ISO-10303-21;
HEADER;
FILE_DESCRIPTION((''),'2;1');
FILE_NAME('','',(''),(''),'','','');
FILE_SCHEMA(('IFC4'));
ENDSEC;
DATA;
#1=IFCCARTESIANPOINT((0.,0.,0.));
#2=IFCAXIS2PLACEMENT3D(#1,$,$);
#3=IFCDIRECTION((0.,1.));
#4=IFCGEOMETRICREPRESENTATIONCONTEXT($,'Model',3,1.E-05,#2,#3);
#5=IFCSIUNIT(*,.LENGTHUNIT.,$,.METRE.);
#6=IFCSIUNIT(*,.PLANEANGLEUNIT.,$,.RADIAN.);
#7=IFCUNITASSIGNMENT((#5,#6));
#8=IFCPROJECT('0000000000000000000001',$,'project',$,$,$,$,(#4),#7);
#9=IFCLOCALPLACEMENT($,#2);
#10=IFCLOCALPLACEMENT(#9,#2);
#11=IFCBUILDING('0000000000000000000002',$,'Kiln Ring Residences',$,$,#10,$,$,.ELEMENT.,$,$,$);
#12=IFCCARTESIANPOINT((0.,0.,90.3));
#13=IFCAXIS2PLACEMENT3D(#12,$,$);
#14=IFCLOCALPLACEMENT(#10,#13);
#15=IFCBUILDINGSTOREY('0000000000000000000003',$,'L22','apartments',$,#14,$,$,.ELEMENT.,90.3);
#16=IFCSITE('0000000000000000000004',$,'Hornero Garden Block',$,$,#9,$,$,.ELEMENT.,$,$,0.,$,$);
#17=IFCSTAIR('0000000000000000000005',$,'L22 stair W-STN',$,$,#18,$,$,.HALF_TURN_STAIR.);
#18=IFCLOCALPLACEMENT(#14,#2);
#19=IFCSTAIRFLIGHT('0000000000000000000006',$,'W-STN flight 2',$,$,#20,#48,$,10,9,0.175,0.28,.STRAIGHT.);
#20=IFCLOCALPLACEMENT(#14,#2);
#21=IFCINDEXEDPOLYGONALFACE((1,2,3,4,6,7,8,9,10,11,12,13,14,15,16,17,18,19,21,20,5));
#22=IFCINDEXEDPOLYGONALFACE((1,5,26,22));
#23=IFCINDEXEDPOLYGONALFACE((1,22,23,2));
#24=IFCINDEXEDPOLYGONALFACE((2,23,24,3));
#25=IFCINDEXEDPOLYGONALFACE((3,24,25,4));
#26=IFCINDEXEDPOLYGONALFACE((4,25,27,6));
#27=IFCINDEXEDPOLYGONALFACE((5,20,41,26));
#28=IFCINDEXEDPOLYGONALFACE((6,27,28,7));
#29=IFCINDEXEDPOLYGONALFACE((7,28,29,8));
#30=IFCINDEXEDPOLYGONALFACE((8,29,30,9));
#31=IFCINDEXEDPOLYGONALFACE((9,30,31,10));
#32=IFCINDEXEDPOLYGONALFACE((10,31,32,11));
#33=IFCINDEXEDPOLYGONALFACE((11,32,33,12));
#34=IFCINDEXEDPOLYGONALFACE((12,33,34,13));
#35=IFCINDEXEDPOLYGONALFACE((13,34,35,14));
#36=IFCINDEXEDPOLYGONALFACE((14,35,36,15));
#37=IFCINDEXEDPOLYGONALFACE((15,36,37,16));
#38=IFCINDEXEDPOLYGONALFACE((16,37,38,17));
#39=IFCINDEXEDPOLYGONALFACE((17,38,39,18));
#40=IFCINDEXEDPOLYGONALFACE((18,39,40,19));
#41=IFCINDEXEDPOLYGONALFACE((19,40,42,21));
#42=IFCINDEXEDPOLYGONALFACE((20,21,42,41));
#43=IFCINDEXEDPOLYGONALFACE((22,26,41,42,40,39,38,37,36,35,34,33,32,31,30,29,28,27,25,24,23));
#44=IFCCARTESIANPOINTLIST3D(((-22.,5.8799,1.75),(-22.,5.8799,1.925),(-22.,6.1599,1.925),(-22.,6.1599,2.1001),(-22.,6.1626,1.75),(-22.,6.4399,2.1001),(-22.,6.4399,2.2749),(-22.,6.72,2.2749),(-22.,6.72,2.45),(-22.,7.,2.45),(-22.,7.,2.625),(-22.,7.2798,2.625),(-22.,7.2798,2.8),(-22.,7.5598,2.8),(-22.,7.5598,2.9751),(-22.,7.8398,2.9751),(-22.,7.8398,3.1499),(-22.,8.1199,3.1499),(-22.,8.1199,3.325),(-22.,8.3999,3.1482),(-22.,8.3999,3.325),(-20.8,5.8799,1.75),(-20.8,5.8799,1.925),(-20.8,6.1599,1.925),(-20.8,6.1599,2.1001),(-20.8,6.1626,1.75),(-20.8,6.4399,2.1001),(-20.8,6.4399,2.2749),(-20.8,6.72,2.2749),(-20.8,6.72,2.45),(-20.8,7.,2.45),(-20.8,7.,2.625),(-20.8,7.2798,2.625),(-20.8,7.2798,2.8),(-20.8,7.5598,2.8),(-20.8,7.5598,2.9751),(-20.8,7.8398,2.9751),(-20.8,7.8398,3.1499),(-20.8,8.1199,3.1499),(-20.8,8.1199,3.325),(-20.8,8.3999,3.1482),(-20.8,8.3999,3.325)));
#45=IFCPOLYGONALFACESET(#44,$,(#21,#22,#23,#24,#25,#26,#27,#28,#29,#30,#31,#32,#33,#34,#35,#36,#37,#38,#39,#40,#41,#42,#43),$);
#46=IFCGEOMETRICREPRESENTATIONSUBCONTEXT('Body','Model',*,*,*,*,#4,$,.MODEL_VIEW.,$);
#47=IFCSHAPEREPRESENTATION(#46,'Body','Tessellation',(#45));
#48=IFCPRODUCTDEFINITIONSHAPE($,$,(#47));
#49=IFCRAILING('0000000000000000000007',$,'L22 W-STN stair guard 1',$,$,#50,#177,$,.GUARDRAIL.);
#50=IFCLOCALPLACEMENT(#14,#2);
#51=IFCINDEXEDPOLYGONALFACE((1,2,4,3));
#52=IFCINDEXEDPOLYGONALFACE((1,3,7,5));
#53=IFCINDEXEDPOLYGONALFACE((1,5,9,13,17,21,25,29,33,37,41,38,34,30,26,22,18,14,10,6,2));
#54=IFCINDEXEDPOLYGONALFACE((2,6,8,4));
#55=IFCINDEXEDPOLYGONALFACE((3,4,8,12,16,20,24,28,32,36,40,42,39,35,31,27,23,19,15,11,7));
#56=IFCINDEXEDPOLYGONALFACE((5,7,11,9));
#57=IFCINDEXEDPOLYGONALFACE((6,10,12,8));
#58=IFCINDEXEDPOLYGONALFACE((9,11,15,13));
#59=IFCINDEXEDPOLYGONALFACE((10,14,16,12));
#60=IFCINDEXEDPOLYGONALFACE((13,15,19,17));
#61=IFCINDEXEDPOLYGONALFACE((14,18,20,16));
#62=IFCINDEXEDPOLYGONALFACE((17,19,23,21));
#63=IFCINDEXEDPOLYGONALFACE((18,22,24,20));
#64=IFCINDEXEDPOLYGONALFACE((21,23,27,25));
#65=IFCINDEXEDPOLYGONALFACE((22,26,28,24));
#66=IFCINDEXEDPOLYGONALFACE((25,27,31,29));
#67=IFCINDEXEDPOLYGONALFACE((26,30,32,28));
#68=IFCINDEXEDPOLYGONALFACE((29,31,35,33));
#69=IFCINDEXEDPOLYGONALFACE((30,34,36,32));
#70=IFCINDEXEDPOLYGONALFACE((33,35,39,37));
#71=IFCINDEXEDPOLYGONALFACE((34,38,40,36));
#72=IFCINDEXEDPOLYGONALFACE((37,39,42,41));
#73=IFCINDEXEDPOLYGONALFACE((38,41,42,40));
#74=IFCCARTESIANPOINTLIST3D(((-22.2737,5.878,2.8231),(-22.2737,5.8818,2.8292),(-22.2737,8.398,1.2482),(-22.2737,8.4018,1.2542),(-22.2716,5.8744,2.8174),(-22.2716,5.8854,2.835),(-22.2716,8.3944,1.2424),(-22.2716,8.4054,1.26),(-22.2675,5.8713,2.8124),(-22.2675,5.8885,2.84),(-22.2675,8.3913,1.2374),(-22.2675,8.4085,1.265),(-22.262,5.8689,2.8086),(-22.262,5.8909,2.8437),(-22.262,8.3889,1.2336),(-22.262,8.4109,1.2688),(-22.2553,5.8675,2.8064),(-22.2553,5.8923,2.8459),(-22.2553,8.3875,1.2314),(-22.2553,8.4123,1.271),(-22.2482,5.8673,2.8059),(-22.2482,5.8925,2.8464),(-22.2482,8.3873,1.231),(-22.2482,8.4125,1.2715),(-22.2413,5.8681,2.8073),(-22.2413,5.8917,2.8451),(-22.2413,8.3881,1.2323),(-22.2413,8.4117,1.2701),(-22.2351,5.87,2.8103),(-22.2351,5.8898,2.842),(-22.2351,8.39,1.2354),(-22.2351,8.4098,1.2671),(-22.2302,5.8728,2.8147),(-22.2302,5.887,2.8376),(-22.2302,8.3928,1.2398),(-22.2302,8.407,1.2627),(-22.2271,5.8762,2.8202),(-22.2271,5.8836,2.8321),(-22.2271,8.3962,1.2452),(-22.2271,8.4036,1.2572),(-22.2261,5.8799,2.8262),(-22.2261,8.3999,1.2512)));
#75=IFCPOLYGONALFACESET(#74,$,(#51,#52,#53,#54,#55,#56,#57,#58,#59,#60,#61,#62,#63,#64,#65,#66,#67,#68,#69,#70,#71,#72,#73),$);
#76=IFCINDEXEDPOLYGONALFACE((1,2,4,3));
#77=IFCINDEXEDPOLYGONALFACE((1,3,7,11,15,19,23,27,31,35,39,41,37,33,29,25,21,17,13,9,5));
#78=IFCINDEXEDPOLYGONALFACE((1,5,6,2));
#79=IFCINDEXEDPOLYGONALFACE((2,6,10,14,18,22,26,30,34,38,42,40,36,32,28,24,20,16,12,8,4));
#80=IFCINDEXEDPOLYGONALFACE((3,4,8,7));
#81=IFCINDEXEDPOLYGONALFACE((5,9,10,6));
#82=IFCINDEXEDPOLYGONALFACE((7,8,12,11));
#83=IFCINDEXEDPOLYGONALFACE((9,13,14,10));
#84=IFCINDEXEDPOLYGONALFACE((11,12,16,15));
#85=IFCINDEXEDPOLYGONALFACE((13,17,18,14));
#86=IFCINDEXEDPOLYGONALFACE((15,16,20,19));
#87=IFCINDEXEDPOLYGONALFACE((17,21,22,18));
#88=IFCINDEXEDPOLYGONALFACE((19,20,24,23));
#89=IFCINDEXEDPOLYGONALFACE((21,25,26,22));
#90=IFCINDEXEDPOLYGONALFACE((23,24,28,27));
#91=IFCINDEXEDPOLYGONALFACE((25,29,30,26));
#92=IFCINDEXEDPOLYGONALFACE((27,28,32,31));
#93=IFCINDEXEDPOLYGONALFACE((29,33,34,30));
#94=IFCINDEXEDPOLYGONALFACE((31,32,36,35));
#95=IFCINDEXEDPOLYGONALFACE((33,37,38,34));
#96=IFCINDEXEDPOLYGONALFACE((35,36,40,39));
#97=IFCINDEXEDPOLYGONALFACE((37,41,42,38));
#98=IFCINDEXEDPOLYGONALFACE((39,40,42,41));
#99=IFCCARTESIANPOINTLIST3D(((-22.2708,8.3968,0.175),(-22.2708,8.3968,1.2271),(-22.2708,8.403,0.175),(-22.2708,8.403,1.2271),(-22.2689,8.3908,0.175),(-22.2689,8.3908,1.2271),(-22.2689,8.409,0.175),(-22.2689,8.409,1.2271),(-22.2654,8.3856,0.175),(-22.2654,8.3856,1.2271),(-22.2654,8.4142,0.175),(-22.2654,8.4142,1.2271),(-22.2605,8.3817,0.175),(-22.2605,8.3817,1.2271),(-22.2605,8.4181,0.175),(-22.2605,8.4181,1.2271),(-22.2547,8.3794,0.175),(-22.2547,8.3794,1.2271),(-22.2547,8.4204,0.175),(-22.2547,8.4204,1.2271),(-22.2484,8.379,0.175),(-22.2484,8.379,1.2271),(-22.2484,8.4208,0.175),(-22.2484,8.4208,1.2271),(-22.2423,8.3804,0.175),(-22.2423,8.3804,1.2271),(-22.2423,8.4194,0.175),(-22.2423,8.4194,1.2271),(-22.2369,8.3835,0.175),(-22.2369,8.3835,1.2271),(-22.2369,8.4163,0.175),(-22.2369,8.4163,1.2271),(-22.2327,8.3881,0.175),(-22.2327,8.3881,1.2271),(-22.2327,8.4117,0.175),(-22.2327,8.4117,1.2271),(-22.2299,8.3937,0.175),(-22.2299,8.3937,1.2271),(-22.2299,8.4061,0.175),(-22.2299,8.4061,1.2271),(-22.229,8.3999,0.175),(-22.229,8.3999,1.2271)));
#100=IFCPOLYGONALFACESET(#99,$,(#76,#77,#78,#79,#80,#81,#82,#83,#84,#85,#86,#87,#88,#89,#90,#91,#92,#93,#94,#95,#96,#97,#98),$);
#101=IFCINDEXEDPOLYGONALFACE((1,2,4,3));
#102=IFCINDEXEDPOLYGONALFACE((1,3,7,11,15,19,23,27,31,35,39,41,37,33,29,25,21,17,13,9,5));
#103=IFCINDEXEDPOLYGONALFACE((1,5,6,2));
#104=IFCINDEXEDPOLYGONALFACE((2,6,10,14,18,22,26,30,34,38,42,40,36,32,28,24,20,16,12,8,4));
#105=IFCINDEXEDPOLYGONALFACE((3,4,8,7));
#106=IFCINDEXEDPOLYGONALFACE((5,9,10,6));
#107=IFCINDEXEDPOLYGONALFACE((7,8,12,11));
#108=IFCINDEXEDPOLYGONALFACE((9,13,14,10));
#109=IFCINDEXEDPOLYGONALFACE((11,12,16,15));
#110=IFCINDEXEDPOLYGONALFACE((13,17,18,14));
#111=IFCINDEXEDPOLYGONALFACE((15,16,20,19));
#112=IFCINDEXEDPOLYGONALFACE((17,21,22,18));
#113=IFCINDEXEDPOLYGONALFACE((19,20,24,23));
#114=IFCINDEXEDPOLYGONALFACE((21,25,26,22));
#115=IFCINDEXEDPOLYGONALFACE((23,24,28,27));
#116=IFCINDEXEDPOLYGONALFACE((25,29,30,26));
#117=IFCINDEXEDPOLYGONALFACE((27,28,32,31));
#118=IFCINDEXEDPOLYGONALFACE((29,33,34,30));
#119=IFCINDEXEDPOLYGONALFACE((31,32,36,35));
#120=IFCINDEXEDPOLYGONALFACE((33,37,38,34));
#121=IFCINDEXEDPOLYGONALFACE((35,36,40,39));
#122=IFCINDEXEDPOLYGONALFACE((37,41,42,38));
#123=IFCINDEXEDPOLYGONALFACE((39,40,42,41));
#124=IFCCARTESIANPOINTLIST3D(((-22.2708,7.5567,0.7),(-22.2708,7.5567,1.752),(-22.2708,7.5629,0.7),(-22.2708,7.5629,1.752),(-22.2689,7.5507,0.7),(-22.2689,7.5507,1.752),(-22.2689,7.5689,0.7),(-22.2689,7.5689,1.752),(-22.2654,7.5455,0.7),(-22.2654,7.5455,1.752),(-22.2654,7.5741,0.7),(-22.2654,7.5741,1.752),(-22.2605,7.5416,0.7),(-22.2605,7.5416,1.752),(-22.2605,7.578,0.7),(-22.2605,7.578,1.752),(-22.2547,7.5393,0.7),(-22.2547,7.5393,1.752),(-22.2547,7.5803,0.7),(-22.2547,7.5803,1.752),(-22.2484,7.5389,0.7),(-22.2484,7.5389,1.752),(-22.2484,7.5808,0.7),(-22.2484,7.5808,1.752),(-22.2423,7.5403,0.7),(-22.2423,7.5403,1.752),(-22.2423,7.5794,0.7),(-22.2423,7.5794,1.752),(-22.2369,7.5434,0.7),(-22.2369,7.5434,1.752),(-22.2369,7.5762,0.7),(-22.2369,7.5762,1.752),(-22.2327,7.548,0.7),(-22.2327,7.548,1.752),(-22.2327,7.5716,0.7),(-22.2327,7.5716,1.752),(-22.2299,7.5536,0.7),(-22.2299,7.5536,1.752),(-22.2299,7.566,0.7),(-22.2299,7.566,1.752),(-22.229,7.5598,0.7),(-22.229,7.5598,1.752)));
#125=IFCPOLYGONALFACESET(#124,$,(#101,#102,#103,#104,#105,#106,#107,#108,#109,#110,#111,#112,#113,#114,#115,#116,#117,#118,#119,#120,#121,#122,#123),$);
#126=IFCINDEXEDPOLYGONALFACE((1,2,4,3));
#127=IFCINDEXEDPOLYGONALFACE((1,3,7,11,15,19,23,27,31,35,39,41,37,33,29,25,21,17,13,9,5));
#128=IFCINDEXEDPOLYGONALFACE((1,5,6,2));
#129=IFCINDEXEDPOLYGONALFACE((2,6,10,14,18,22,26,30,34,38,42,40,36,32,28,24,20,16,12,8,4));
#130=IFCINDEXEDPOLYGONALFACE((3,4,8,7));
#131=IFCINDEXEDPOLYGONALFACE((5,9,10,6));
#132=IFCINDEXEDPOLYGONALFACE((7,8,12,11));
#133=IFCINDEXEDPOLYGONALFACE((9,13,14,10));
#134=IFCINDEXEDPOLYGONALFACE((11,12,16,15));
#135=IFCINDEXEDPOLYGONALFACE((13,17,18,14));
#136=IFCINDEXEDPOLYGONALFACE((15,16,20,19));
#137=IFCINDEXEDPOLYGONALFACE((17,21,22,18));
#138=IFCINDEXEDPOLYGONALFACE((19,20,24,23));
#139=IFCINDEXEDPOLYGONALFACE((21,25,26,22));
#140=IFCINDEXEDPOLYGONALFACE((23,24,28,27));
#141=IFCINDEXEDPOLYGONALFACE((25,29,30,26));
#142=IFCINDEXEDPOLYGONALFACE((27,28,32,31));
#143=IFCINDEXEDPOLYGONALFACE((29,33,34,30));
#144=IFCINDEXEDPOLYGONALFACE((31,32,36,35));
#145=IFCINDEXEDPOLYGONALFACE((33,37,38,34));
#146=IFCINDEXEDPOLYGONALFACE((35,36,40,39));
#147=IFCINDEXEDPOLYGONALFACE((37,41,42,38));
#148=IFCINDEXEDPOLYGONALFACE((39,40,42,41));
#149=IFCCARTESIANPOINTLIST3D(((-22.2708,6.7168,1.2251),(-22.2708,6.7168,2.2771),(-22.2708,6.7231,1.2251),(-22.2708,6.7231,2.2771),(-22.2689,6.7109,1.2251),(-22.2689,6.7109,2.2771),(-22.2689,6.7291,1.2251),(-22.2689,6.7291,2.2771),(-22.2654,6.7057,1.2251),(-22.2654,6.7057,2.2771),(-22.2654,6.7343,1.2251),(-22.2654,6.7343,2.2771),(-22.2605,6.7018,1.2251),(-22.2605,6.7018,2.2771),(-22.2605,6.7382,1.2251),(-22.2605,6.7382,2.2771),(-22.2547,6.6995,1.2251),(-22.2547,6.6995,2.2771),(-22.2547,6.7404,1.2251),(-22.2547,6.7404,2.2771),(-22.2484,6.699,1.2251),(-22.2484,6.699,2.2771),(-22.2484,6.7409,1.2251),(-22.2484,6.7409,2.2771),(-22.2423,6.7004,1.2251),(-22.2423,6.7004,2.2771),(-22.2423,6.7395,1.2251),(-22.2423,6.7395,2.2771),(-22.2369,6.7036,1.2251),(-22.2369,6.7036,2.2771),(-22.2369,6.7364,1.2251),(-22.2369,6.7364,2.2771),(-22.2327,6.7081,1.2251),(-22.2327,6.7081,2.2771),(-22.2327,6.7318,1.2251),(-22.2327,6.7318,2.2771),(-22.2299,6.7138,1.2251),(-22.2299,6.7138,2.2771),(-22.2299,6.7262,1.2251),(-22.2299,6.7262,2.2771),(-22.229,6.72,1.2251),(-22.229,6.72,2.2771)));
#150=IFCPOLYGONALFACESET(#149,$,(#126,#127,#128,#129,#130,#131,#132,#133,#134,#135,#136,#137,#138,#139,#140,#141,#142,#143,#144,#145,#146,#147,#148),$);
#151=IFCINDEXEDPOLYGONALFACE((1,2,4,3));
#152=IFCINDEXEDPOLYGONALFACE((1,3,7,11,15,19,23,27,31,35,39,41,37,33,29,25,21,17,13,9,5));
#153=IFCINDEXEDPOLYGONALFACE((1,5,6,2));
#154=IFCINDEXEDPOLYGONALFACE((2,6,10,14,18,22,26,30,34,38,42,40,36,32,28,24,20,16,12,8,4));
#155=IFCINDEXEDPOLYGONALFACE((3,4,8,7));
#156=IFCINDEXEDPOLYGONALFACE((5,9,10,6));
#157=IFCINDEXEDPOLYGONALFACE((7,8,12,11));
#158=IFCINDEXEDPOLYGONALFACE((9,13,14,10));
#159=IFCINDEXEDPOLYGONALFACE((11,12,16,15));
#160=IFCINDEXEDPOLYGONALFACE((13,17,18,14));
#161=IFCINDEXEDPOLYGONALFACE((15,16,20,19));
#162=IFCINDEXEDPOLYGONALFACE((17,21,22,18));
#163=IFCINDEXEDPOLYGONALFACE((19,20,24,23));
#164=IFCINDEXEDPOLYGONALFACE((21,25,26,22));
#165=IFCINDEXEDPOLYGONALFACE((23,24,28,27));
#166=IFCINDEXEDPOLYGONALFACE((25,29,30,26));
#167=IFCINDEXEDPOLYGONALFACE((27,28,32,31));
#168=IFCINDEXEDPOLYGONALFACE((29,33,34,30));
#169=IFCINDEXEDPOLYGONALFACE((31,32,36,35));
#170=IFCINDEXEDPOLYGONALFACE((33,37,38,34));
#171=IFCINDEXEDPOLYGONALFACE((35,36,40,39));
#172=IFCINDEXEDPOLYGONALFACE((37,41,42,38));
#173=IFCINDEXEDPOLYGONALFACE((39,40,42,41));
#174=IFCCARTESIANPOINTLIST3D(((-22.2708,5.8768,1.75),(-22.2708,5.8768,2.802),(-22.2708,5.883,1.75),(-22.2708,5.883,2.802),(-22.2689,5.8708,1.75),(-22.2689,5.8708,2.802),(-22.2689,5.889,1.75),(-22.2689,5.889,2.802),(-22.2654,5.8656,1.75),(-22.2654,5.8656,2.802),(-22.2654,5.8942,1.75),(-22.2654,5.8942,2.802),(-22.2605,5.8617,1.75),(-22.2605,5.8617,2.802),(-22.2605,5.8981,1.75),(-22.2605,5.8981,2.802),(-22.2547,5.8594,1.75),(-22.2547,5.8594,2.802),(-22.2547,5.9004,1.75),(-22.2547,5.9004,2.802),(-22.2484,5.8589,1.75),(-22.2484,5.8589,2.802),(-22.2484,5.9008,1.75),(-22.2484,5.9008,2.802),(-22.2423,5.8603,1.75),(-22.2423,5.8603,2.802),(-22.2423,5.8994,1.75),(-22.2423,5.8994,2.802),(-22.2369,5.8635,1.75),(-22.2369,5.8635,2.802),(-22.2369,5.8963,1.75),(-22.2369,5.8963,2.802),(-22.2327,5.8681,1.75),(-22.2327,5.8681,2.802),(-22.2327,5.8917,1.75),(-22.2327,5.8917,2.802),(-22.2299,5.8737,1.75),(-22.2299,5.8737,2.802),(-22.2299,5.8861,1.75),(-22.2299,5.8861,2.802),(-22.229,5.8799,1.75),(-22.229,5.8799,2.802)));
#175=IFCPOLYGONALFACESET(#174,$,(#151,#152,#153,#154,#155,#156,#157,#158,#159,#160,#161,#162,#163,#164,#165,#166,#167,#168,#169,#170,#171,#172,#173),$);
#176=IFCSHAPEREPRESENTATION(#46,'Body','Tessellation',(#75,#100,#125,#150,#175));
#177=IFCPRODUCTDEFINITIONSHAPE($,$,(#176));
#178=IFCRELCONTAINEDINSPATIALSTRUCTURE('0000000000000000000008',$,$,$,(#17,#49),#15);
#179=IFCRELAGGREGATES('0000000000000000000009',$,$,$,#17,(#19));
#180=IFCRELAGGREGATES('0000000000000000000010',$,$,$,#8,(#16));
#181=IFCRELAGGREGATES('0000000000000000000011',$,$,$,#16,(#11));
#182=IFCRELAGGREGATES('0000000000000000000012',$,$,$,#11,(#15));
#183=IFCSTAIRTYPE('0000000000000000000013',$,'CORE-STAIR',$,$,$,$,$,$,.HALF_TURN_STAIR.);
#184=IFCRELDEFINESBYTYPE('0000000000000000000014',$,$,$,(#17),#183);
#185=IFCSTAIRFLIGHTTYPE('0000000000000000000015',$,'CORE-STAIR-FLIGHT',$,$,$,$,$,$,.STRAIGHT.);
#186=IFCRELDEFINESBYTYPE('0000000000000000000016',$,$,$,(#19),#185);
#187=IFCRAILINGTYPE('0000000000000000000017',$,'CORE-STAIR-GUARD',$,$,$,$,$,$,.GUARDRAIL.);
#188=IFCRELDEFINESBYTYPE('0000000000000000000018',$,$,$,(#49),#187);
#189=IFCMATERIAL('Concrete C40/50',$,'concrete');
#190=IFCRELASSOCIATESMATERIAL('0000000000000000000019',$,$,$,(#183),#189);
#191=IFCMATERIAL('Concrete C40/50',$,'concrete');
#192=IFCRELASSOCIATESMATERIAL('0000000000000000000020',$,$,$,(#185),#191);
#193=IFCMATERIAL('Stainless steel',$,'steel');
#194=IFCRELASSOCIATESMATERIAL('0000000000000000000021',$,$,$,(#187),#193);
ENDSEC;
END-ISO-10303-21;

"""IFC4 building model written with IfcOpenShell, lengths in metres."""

from ifc_helpers import new_model, si_unit, direction, frame, origin, origin_2d, place, context, subcontext, project, spatial, polyline, circle, outline, extrude, material, type_object, element, aggregate, save


model = new_model("IFC4")

# Units and contexts
model_context = context("Model", 3, precision=1e-05, world=origin(), true_north=direction((0.0, 1.0)))
body_context = subcontext(model_context, "Body", "Model", "MODEL_VIEW")
ifc_project = project(units=[si_unit("LENGTHUNIT", "METRE"), si_unit("PLANEANGLEUNIT", "RADIAN")], contexts=[model_context])

# Site, building, storey
site_placement = place(None, origin())
site = spatial("IfcSite", under=ifc_project, at=site_placement, Name="Hornero Garden Block", CompositionType="ELEMENT", RefElevation=0.0)
building_placement = place(site_placement, origin())
building = spatial("IfcBuilding", under=site, at=building_placement, Name="Kiln Ring Residences", CompositionType="ELEMENT")
storey_placement = place(building_placement, frame((0.0, 0.0, 90.3)))
storey = spatial("IfcBuildingStorey", under=building, at=storey_placement, Name="L22", Description="apartments", CompositionType="ELEMENT", Elevation=90.3)

# Stair, stair flight
ifc_material_1 = material(Name="Concrete C40/50", Category="concrete")
stair_type = type_object("IfcStairType", Name="CORE-STAIR", PredefinedType="HALF_TURN_STAIR", material=ifc_material_1)
stair_placement = place(storey_placement, origin())
stair = element("IfcStair", 1, at=stair_placement, inside=storey, type_object=stair_type, Name="L22 stair W-STN", PredefinedType="HALF_TURN_STAIR")
ifc_material_2 = material(Name="Concrete C40/50", Category="concrete")
stair_flight_type = type_object("IfcStairFlightType", Name="CORE-STAIR-FLIGHT", PredefinedType="STRAIGHT", material=ifc_material_2)
stair_flight_1_placement = place(storey_placement, frame((-21.3999, 5.8799, 1.75), z_axis=(0.0, 0.0, 1.0), x_axis=(0.0, 1.0, 0.0)))
stair_flight_1 = element("IfcStairFlight", 2, at=stair_flight_1_placement, type_object=stair_flight_type, Name="W-STN flight 2", NumberOfRisers=10, NumberOfTreads=9, PredefinedType="STRAIGHT", RiserHeight=0.175, TreadLength=0.28, context=body_context, shape_type="SweptSolid", body=[
    extrude(outline(polyline([(0.0, 0.0), (0.0, 0.175), (0.28, 0.175), (0.28, 0.3501), (0.5601, 0.3501), (0.5601, 0.5249), (0.8401, 0.5249), (0.8401, 0.7), (1.1201, 0.7), (1.1201, 0.875), (1.3999, 0.875), (1.3999, 1.05), (1.6799, 1.05), (1.6799, 1.2251), (1.96, 1.2251), (1.96, 1.3999), (2.24, 1.3999), (2.24, 1.575), (2.52, 1.575), (2.52, 1.75), (2.52, 1.3982), (0.2827, 0.0), (0.0, 0.0)])), frame((0.0, 0.6001, 0.0), z_axis=(0.0, -1.0, 0.0), x_axis=(1.0, 0.0, 0.0)), (0.0, 0.0, 1.0), 1.2),
])
aggregate(stair, [stair_flight_1])

# Railing
ifc_material_3 = material(Name="Stainless steel", Category="steel")
railing_type_1 = type_object("IfcRailingType", Name="CORE-STAIR-GUARD", PredefinedType="GUARDRAIL", material=ifc_material_3)
railing_1_placement = place(storey_placement, frame((-22.25, 8.3999, 0.175)))
element("IfcRailing", 3, at=railing_1_placement, inside=storey, type_object=railing_type_1, Name="L22 W-STN stair guard 1", PredefinedType="GUARDRAIL", context=body_context, shape_type="SweptSolid", body=[
    extrude(circle(Radius=0.0239, at=origin_2d()), frame((0.0, 0.0, 1.0762), z_axis=(0.0, -0.848008, 0.529984), x_axis=(1.0, 0.0, 0.0)), (0.0, 0.0, 1.0), 2.9717),
    extrude(circle(Radius=0.021, at=origin_2d()), origin(), (0.0, 0.0, 1.0), 1.052),
    extrude(circle(Radius=0.021, at=origin_2d()), frame((0.0, -0.8401, 0.5249)), (0.0, 0.0, 1.0), 1.052),
    extrude(circle(Radius=0.021, at=origin_2d()), frame((0.0, -1.6799, 1.05)), (0.0, 0.0, 1.0), 1.052),
    extrude(circle(Radius=0.021, at=origin_2d()), frame((0.0, -2.52, 1.575)), (0.0, 0.0, 1.0), 1.052),
])

save(model, "model.ifc")
